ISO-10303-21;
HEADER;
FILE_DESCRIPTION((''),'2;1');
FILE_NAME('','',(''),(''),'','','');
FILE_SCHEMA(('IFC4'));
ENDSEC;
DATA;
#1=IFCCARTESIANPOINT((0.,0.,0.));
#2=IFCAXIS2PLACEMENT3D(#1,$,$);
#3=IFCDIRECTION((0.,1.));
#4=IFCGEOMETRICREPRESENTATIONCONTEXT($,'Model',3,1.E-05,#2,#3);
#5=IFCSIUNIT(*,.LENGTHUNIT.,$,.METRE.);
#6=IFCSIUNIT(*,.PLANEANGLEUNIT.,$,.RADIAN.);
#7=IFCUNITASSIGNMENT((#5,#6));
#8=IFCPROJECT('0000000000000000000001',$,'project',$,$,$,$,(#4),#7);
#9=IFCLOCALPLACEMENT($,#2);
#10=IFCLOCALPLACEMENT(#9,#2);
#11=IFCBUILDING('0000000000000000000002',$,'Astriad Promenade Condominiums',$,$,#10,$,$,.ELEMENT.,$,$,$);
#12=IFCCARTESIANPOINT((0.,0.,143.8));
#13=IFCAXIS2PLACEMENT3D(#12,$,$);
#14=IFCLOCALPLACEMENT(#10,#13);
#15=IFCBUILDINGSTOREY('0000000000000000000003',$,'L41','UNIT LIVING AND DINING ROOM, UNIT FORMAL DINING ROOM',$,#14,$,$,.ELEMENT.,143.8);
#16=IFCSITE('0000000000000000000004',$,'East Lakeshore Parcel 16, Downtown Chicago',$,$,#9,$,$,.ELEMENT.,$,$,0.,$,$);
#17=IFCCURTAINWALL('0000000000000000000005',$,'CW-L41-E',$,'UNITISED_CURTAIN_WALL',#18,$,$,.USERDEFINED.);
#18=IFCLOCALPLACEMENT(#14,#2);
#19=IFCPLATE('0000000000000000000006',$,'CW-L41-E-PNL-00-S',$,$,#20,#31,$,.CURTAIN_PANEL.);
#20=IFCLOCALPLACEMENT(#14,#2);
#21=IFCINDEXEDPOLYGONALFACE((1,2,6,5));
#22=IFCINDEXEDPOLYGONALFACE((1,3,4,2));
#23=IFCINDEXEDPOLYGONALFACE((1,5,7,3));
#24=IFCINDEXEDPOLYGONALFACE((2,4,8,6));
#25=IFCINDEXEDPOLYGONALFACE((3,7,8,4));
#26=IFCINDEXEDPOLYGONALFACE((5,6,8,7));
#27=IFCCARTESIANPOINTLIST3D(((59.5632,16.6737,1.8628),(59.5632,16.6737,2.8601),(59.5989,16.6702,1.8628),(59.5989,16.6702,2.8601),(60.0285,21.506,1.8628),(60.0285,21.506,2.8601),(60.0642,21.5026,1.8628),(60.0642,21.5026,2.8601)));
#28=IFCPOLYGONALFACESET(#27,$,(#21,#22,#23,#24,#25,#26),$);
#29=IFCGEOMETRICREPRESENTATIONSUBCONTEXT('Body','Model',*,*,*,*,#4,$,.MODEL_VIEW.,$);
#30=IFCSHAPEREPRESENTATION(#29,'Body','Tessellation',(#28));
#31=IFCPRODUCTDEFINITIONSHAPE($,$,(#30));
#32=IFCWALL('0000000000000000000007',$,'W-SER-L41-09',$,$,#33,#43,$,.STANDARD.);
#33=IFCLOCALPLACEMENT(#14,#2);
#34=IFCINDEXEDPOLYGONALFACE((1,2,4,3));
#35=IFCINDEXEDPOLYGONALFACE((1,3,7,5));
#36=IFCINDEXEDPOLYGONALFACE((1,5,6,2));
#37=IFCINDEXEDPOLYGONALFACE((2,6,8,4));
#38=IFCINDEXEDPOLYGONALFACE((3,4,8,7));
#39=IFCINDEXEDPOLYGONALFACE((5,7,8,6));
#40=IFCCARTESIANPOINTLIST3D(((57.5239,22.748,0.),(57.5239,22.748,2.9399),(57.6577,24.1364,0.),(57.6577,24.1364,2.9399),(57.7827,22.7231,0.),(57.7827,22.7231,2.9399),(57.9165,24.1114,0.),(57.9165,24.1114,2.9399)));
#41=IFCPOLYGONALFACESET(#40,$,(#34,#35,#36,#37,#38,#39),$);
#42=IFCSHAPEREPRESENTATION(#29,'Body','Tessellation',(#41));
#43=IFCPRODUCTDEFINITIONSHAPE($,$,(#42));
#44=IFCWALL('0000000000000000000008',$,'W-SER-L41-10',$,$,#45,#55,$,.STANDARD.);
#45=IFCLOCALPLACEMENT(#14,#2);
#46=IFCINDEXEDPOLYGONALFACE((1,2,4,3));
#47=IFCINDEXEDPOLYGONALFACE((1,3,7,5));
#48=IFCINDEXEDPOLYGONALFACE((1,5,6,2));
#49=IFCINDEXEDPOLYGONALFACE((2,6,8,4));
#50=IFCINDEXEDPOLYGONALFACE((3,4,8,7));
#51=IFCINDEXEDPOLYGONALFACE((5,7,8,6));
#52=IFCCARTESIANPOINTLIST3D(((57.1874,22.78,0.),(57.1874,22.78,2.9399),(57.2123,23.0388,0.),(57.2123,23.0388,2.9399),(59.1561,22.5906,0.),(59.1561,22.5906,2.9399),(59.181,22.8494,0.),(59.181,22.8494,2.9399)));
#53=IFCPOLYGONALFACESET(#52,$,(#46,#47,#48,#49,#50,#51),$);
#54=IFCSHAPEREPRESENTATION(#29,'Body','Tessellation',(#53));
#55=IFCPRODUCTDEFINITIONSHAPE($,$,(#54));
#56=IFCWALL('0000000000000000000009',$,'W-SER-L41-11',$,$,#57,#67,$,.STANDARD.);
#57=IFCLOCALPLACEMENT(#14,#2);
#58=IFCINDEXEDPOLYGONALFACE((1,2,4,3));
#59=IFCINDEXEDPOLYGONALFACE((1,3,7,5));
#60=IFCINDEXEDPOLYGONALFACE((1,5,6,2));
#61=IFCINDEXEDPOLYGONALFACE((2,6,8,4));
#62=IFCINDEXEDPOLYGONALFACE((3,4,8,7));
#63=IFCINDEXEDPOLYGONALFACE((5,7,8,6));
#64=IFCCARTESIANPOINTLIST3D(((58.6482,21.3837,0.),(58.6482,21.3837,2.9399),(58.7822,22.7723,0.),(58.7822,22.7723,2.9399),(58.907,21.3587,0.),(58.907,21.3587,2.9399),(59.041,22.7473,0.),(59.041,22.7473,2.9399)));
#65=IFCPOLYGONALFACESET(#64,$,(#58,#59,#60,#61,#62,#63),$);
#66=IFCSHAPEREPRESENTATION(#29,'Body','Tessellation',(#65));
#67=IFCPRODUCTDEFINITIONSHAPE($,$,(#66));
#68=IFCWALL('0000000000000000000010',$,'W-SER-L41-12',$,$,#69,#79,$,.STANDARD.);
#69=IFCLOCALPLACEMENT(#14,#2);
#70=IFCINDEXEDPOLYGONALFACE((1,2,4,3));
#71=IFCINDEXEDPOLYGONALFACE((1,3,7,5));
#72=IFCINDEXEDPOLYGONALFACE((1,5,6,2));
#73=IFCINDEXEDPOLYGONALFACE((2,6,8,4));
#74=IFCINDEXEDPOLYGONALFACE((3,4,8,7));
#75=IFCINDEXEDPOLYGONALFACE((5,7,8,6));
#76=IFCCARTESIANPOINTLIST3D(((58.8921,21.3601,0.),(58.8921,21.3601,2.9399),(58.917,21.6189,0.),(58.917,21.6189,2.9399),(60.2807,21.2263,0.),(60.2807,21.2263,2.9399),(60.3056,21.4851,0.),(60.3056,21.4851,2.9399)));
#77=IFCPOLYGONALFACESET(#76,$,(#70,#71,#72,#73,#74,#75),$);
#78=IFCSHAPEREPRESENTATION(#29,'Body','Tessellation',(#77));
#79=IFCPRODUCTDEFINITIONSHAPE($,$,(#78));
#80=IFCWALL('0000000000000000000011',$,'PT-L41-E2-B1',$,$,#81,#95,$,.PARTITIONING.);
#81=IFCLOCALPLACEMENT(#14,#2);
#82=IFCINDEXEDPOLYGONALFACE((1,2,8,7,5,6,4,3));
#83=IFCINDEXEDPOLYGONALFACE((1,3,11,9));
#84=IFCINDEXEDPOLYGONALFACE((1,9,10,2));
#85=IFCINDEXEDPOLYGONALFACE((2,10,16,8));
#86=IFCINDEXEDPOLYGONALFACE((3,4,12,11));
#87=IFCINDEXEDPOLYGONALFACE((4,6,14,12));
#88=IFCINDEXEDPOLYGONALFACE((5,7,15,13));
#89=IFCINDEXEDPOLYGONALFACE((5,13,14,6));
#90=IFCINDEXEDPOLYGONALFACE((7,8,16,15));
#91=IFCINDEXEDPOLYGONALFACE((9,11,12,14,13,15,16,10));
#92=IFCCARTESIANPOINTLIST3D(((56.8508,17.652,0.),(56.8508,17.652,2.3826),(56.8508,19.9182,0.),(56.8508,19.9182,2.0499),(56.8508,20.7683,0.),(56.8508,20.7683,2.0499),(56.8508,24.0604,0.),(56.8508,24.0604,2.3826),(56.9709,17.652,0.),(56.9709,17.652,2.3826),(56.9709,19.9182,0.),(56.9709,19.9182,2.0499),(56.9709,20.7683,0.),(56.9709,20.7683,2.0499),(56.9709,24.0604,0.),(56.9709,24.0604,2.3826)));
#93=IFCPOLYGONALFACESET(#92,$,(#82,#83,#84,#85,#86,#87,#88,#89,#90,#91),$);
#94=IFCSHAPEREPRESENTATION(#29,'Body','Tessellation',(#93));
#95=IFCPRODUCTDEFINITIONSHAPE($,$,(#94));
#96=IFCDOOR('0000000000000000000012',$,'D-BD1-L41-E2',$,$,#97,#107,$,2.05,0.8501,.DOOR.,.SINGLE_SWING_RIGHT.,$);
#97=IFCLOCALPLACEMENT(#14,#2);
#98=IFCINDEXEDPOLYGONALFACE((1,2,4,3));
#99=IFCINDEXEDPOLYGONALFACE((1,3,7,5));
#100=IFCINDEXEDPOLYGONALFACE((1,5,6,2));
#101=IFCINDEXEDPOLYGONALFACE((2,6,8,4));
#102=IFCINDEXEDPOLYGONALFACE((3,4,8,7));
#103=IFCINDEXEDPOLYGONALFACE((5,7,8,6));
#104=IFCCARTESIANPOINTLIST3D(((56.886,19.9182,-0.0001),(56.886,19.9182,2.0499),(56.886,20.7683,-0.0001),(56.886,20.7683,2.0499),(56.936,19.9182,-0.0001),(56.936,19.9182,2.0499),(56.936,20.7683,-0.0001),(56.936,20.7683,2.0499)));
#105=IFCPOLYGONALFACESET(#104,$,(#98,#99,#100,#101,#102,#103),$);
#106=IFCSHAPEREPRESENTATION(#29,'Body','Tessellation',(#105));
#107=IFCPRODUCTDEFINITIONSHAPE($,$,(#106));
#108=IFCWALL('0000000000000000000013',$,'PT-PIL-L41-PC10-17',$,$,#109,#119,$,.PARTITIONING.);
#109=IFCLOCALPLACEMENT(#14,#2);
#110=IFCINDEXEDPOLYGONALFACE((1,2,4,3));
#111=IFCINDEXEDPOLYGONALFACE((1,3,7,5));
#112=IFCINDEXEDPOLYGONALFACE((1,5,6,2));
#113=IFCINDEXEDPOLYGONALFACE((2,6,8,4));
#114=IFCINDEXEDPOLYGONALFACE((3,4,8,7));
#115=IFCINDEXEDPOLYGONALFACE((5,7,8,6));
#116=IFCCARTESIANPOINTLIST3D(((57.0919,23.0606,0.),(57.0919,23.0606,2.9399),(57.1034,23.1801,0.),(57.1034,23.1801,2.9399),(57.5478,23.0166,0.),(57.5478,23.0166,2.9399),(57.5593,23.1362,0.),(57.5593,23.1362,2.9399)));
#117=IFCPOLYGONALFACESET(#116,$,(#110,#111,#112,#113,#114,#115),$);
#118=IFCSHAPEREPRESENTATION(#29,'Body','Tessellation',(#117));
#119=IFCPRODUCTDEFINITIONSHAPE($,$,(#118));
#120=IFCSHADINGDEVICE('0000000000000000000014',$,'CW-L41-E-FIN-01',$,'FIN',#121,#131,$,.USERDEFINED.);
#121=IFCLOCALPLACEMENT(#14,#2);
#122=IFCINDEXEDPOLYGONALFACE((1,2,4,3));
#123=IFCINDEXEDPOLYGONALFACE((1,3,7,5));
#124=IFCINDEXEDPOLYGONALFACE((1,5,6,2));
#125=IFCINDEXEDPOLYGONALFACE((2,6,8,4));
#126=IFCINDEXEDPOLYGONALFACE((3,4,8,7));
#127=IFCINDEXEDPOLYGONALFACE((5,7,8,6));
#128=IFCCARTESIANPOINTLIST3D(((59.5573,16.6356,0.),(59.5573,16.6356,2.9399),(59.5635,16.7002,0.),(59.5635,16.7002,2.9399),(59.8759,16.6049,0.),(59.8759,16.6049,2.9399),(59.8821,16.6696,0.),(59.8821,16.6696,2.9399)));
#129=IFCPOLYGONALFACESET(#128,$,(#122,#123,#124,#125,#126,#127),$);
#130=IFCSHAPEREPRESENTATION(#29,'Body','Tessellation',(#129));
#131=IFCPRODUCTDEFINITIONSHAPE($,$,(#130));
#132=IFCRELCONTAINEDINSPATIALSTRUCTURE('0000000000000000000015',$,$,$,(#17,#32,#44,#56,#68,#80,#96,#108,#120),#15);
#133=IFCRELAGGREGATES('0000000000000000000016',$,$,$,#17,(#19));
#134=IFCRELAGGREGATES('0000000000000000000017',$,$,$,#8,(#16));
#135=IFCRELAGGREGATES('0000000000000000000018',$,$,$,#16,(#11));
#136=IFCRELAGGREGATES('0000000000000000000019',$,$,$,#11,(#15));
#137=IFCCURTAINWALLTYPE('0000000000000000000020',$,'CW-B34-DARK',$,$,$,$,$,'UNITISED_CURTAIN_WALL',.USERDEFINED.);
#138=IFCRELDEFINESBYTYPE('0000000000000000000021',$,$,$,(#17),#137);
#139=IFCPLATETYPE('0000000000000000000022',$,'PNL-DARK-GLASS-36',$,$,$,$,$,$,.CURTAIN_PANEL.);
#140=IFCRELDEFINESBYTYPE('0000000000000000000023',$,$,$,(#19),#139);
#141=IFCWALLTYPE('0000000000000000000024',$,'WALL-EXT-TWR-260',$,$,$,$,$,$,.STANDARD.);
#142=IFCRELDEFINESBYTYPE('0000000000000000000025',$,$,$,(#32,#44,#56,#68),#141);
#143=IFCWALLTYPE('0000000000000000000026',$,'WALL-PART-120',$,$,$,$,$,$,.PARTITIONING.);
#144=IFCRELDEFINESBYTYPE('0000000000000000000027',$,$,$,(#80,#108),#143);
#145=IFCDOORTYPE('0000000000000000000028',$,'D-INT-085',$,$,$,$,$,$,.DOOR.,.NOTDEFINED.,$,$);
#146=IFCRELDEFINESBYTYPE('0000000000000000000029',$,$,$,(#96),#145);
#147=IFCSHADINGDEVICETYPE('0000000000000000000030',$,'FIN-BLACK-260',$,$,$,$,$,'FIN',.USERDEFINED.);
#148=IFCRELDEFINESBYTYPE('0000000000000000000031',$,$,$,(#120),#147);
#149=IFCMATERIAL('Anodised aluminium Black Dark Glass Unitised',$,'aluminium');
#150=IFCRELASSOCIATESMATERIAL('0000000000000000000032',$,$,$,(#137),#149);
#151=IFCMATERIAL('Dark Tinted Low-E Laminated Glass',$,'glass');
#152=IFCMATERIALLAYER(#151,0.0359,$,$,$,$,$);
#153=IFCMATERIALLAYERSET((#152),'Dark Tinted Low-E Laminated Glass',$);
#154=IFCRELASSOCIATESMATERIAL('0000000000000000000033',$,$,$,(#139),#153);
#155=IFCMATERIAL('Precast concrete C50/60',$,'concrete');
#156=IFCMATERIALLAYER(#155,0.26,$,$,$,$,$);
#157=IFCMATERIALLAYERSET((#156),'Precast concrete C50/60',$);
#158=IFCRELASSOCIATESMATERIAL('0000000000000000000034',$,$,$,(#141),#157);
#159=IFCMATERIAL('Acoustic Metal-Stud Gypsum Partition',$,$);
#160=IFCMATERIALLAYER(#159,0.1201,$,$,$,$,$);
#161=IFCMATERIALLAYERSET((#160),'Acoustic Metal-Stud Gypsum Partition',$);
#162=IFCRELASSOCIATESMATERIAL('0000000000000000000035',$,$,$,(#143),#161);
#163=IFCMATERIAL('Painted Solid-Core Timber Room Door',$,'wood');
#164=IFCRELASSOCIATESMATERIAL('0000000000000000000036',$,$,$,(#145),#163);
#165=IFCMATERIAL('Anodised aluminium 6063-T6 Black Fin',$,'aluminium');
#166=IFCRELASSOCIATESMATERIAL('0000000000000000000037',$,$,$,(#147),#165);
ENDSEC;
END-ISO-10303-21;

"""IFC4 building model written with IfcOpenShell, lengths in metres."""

from ifc_helpers import new_model, si_unit, direction, frame, frame_2d, origin, origin_2d, place, context, subcontext, project, spatial, rectangle, extrude, source, transform, mapped, material, layer, layer_set, type_object, type_shapes, element, fill, aggregate, save


model = new_model("IFC4")

# Units and contexts
model_context = context("Model", 3, precision=1e-05, world=origin(), true_north=direction((0.0, 1.0)))
body_context = subcontext(model_context, "Body", "Model", "MODEL_VIEW")
ifc_project = project(units=[si_unit("LENGTHUNIT", "METRE"), si_unit("PLANEANGLEUNIT", "RADIAN")], contexts=[model_context])

# Site, building, storey
site_placement = place(None, origin())
site = spatial("IfcSite", under=ifc_project, at=site_placement, Name="East Lakeshore Parcel 16, Downtown Chicago", CompositionType="ELEMENT", RefElevation=0.0)
building_placement = place(site_placement, origin())
building = spatial("IfcBuilding", under=site, at=building_placement, Name="Astriad Promenade Condominiums", CompositionType="ELEMENT")
storey_placement = place(building_placement, frame((0.0, 0.0, 143.8)))
storey = spatial("IfcBuildingStorey", under=building, at=storey_placement, Name="L41", Description="UNIT LIVING AND DINING ROOM, UNIT FORMAL DINING ROOM", CompositionType="ELEMENT", Elevation=143.8)

# Curtain wall, plate
ifc_material_1 = material(Name="Anodised aluminium Black Dark Glass Unitised", Category="aluminium")
curtain_wall_type = type_object("IfcCurtainWallType", Name="CW-B34-DARK", ElementType="UNITISED_CURTAIN_WALL", PredefinedType="USERDEFINED", material=ifc_material_1)
curtain_wall_placement = place(storey_placement, origin())
curtain_wall = element("IfcCurtainWall", 1, at=curtain_wall_placement, inside=storey, type_object=curtain_wall_type, Name="CW-L41-E", ObjectType="UNITISED_CURTAIN_WALL", PredefinedType="USERDEFINED")
ifc_material_2 = material(Name="Dark Tinted Low-E Laminated Glass", Category="glass")
ifc_layer_1 = layer(ifc_material_2, 0.0359)
ifc_layer_set_1 = layer_set([ifc_layer_1], Name="Dark Tinted Low-E Laminated Glass")
plate_type = type_object("IfcPlateType", Name="PNL-DARK-GLASS-36", PredefinedType="CURTAIN_PANEL", material=ifc_layer_set_1)
shared_shape_1 = source(origin(), body_context, "Body", "SweptSolid", [
    extrude(rectangle(XDim=4.8547, YDim=0.0359, at=origin_2d()), origin(), (0.0, 0.0, 1.0), 0.9973),
])
plate_1_placement = place(storey_placement, frame((59.8137, 19.0881, 1.8628), z_axis=(0.0, 0.0, 1.0), x_axis=(-0.095846, -0.995396, 0.0)))
plate_1 = element("IfcPlate", 2, at=plate_1_placement, type_object=plate_type, Name="CW-L41-E-PNL-00-S", PredefinedType="CURTAIN_PANEL", context=body_context, shape_type="MappedRepresentation", body=[
    mapped(shared_shape_1, transform((0.0, 0.0, 0.0), scale=1.0)),
])
aggregate(curtain_wall, [plate_1])

# Walls
ifc_material_3 = material(Name="Precast concrete C50/60", Category="concrete")
ifc_layer_2 = layer(ifc_material_3, 0.26)
ifc_layer_set_2 = layer_set([ifc_layer_2], Name="Precast concrete C50/60")
wall_type_1 = type_object("IfcWallType", Name="WALL-EXT-TWR-260", PredefinedType="STANDARD", material=ifc_layer_set_2)
wall_1_placement = place(storey_placement, frame((57.7871, 24.1238, 0.0), z_axis=(0.0, 0.0, 1.0), x_axis=(-0.095916, -0.995389, 0.0)))
element("IfcWall", 3, at=wall_1_placement, inside=storey, type_object=wall_type_1, Name="W-SER-L41-09", PredefinedType="STANDARD", context=body_context, shape_type="SweptSolid", body=[
    extrude(rectangle(XDim=1.3948, YDim=0.26, at=frame_2d((0.6973, 0.0))), origin(), (0.0, 0.0, 1.0), 2.9399),
])
wall_2_placement = place(storey_placement, frame((57.2, 22.9094, 0.0), z_axis=(0.0, 0.0, 1.0), x_axis=(0.995402, -0.095788, 0.0)))
element("IfcWall", 4, at=wall_2_placement, inside=storey, type_object=wall_type_1, Name="W-SER-L41-10", PredefinedType="STANDARD", context=body_context, shape_type="SweptSolid", body=[
    extrude(rectangle(XDim=1.9778, YDim=0.26, at=frame_2d((0.9888, 0.0))), origin(), (0.0, 0.0, 1.0), 2.9399),
])
for number, where, z_axis, x_axis, name in (
    (5, (58.9116, 22.7598, 0.0), (0.0, 0.0, 1.0), (-0.096073, -0.995374, 0.0), "W-SER-L41-11"),
    (6, (58.9045, 21.4895, 0.0), (0.0, 0.0, 1.0), (0.995391, -0.095899, 0.0), "W-SER-L41-12"),
):
    element("IfcWall", number, at=place(storey_placement, frame(where, z_axis=z_axis, x_axis=x_axis)), inside=storey, type_object=wall_type_1, Name=name, PredefinedType="STANDARD", context=body_context, shape_type="SweptSolid", body=[
        extrude(rectangle(XDim=1.395, YDim=0.26, at=frame_2d((0.6975, 0.0))), origin(), (0.0, 0.0, 1.0), 2.9399),
    ])

# Wall, opening, door
ifc_material_4 = material(Name="Acoustic Metal-Stud Gypsum Partition")
ifc_layer_3 = layer(ifc_material_4, 0.1201)
ifc_layer_set_3 = layer_set([ifc_layer_3], Name="Acoustic Metal-Stud Gypsum Partition")
wall_type_2 = type_object("IfcWallType", Name="WALL-PART-120", PredefinedType="PARTITIONING", material=ifc_layer_set_3)
wall_3_placement = place(storey_placement, frame((56.9109, 17.6521, 0.0), z_axis=(0.0, 0.0, 1.0), x_axis=(0.0, 1.0, 0.0)))
wall_3 = element("IfcWall", 7, at=wall_3_placement, inside=storey, type_object=wall_type_2, Name="PT-L41-E2-B1", PredefinedType="PARTITIONING", context=body_context, shape_type="SweptSolid", body=[
    extrude(rectangle(XDim=6.4084, YDim=0.1201, at=frame_2d((3.2041, 0.0))), origin(), (0.0, 0.0, 1.0), 2.3826),
])
opening_placement = place(wall_3_placement, frame((2.2661, 0.0, 0.0)))
opening = element("IfcOpeningElement", 8, at=opening_placement, cuts=wall_3, PredefinedType="OPENING", context=body_context, shape_type="SweptSolid", body=[
    extrude(rectangle(XDim=0.8501, YDim=2.05, at=frame_2d((0.425, 1.0249))), frame((0.0, 0.0701, 0.0), z_axis=(0.0, -1.0, 0.0), x_axis=(1.0, 0.0, 0.0)), (0.0, 0.0, 1.0), 0.1401),
])
ifc_material_5 = material(Name="Painted Solid-Core Timber Room Door", Category="wood")
door_type = type_object("IfcDoorType", Name="D-INT-085", OperationType="NOTDEFINED", PredefinedType="DOOR", material=ifc_material_5)
shared_shape_2 = source(origin(), body_context, "Body", "SweptSolid", [
    extrude(rectangle(XDim=0.8501, YDim=2.05, at=frame_2d((0.425, 1.0249))), frame((0.0, 0.0249, 0.0), z_axis=(0.0, -1.0, 0.0), x_axis=(1.0, 0.0, 0.0)), (0.0, 0.0, 1.0), 0.05),
])
type_shapes(door_type, [shared_shape_2])
door_placement = place(opening_placement, origin())
door = element("IfcDoor", 9, at=door_placement, inside=storey, type_object=door_type, Name="D-BD1-L41-E2", OperationType="SINGLE_SWING_RIGHT", OverallHeight=2.05, OverallWidth=0.8501, PredefinedType="DOOR", context=body_context, shape_type="MappedRepresentation", body=[
    mapped(shared_shape_2, transform((0.0, 0.0, 0.0), scale=1.0)),
])
fill(opening, door)

# Wall
wall_4_placement = place(storey_placement, frame((57.0977, 23.1204, 0.0), z_axis=(0.0, 0.0, 1.0), x_axis=(0.995385, -0.095966, 0.0)))
element("IfcWall", 10, at=wall_4_placement, inside=storey, type_object=wall_type_2, Name="PT-PIL-L41-PC10-17", PredefinedType="PARTITIONING", context=body_context, shape_type="SweptSolid", body=[
    extrude(rectangle(XDim=0.458, YDim=0.1201, at=frame_2d((0.229, 0.0))), origin(), (0.0, 0.0, 1.0), 2.9399),
])

# Shading device
ifc_material_6 = material(Name="Anodised aluminium 6063-T6 Black Fin", Category="aluminium")
shading_device_type = type_object("IfcShadingDeviceType", Name="FIN-BLACK-260", ElementType="FIN", PredefinedType="USERDEFINED", material=ifc_material_6)
shared_shape_3 = source(origin(), body_context, "Body", "SweptSolid", [
    extrude(rectangle(XDim=0.0649, YDim=0.3201, at=origin_2d()), origin(), (0.0, 0.0, 1.0), 2.9399),
])
type_shapes(shading_device_type, [shared_shape_3])
shading_device_placement = place(storey_placement, frame((59.7197, 16.6526, 0.0), z_axis=(0.0, 0.0, 1.0), x_axis=(-0.095846, -0.995396, 0.0)))
element("IfcShadingDevice", 11, at=shading_device_placement, inside=storey, type_object=shading_device_type, Name="CW-L41-E-FIN-01", ObjectType="FIN", PredefinedType="USERDEFINED", context=body_context, shape_type="MappedRepresentation", body=[
    mapped(shared_shape_3, transform((0.0, 0.0, 0.0), scale=1.0)),
])

save(model, "model.ifc")
